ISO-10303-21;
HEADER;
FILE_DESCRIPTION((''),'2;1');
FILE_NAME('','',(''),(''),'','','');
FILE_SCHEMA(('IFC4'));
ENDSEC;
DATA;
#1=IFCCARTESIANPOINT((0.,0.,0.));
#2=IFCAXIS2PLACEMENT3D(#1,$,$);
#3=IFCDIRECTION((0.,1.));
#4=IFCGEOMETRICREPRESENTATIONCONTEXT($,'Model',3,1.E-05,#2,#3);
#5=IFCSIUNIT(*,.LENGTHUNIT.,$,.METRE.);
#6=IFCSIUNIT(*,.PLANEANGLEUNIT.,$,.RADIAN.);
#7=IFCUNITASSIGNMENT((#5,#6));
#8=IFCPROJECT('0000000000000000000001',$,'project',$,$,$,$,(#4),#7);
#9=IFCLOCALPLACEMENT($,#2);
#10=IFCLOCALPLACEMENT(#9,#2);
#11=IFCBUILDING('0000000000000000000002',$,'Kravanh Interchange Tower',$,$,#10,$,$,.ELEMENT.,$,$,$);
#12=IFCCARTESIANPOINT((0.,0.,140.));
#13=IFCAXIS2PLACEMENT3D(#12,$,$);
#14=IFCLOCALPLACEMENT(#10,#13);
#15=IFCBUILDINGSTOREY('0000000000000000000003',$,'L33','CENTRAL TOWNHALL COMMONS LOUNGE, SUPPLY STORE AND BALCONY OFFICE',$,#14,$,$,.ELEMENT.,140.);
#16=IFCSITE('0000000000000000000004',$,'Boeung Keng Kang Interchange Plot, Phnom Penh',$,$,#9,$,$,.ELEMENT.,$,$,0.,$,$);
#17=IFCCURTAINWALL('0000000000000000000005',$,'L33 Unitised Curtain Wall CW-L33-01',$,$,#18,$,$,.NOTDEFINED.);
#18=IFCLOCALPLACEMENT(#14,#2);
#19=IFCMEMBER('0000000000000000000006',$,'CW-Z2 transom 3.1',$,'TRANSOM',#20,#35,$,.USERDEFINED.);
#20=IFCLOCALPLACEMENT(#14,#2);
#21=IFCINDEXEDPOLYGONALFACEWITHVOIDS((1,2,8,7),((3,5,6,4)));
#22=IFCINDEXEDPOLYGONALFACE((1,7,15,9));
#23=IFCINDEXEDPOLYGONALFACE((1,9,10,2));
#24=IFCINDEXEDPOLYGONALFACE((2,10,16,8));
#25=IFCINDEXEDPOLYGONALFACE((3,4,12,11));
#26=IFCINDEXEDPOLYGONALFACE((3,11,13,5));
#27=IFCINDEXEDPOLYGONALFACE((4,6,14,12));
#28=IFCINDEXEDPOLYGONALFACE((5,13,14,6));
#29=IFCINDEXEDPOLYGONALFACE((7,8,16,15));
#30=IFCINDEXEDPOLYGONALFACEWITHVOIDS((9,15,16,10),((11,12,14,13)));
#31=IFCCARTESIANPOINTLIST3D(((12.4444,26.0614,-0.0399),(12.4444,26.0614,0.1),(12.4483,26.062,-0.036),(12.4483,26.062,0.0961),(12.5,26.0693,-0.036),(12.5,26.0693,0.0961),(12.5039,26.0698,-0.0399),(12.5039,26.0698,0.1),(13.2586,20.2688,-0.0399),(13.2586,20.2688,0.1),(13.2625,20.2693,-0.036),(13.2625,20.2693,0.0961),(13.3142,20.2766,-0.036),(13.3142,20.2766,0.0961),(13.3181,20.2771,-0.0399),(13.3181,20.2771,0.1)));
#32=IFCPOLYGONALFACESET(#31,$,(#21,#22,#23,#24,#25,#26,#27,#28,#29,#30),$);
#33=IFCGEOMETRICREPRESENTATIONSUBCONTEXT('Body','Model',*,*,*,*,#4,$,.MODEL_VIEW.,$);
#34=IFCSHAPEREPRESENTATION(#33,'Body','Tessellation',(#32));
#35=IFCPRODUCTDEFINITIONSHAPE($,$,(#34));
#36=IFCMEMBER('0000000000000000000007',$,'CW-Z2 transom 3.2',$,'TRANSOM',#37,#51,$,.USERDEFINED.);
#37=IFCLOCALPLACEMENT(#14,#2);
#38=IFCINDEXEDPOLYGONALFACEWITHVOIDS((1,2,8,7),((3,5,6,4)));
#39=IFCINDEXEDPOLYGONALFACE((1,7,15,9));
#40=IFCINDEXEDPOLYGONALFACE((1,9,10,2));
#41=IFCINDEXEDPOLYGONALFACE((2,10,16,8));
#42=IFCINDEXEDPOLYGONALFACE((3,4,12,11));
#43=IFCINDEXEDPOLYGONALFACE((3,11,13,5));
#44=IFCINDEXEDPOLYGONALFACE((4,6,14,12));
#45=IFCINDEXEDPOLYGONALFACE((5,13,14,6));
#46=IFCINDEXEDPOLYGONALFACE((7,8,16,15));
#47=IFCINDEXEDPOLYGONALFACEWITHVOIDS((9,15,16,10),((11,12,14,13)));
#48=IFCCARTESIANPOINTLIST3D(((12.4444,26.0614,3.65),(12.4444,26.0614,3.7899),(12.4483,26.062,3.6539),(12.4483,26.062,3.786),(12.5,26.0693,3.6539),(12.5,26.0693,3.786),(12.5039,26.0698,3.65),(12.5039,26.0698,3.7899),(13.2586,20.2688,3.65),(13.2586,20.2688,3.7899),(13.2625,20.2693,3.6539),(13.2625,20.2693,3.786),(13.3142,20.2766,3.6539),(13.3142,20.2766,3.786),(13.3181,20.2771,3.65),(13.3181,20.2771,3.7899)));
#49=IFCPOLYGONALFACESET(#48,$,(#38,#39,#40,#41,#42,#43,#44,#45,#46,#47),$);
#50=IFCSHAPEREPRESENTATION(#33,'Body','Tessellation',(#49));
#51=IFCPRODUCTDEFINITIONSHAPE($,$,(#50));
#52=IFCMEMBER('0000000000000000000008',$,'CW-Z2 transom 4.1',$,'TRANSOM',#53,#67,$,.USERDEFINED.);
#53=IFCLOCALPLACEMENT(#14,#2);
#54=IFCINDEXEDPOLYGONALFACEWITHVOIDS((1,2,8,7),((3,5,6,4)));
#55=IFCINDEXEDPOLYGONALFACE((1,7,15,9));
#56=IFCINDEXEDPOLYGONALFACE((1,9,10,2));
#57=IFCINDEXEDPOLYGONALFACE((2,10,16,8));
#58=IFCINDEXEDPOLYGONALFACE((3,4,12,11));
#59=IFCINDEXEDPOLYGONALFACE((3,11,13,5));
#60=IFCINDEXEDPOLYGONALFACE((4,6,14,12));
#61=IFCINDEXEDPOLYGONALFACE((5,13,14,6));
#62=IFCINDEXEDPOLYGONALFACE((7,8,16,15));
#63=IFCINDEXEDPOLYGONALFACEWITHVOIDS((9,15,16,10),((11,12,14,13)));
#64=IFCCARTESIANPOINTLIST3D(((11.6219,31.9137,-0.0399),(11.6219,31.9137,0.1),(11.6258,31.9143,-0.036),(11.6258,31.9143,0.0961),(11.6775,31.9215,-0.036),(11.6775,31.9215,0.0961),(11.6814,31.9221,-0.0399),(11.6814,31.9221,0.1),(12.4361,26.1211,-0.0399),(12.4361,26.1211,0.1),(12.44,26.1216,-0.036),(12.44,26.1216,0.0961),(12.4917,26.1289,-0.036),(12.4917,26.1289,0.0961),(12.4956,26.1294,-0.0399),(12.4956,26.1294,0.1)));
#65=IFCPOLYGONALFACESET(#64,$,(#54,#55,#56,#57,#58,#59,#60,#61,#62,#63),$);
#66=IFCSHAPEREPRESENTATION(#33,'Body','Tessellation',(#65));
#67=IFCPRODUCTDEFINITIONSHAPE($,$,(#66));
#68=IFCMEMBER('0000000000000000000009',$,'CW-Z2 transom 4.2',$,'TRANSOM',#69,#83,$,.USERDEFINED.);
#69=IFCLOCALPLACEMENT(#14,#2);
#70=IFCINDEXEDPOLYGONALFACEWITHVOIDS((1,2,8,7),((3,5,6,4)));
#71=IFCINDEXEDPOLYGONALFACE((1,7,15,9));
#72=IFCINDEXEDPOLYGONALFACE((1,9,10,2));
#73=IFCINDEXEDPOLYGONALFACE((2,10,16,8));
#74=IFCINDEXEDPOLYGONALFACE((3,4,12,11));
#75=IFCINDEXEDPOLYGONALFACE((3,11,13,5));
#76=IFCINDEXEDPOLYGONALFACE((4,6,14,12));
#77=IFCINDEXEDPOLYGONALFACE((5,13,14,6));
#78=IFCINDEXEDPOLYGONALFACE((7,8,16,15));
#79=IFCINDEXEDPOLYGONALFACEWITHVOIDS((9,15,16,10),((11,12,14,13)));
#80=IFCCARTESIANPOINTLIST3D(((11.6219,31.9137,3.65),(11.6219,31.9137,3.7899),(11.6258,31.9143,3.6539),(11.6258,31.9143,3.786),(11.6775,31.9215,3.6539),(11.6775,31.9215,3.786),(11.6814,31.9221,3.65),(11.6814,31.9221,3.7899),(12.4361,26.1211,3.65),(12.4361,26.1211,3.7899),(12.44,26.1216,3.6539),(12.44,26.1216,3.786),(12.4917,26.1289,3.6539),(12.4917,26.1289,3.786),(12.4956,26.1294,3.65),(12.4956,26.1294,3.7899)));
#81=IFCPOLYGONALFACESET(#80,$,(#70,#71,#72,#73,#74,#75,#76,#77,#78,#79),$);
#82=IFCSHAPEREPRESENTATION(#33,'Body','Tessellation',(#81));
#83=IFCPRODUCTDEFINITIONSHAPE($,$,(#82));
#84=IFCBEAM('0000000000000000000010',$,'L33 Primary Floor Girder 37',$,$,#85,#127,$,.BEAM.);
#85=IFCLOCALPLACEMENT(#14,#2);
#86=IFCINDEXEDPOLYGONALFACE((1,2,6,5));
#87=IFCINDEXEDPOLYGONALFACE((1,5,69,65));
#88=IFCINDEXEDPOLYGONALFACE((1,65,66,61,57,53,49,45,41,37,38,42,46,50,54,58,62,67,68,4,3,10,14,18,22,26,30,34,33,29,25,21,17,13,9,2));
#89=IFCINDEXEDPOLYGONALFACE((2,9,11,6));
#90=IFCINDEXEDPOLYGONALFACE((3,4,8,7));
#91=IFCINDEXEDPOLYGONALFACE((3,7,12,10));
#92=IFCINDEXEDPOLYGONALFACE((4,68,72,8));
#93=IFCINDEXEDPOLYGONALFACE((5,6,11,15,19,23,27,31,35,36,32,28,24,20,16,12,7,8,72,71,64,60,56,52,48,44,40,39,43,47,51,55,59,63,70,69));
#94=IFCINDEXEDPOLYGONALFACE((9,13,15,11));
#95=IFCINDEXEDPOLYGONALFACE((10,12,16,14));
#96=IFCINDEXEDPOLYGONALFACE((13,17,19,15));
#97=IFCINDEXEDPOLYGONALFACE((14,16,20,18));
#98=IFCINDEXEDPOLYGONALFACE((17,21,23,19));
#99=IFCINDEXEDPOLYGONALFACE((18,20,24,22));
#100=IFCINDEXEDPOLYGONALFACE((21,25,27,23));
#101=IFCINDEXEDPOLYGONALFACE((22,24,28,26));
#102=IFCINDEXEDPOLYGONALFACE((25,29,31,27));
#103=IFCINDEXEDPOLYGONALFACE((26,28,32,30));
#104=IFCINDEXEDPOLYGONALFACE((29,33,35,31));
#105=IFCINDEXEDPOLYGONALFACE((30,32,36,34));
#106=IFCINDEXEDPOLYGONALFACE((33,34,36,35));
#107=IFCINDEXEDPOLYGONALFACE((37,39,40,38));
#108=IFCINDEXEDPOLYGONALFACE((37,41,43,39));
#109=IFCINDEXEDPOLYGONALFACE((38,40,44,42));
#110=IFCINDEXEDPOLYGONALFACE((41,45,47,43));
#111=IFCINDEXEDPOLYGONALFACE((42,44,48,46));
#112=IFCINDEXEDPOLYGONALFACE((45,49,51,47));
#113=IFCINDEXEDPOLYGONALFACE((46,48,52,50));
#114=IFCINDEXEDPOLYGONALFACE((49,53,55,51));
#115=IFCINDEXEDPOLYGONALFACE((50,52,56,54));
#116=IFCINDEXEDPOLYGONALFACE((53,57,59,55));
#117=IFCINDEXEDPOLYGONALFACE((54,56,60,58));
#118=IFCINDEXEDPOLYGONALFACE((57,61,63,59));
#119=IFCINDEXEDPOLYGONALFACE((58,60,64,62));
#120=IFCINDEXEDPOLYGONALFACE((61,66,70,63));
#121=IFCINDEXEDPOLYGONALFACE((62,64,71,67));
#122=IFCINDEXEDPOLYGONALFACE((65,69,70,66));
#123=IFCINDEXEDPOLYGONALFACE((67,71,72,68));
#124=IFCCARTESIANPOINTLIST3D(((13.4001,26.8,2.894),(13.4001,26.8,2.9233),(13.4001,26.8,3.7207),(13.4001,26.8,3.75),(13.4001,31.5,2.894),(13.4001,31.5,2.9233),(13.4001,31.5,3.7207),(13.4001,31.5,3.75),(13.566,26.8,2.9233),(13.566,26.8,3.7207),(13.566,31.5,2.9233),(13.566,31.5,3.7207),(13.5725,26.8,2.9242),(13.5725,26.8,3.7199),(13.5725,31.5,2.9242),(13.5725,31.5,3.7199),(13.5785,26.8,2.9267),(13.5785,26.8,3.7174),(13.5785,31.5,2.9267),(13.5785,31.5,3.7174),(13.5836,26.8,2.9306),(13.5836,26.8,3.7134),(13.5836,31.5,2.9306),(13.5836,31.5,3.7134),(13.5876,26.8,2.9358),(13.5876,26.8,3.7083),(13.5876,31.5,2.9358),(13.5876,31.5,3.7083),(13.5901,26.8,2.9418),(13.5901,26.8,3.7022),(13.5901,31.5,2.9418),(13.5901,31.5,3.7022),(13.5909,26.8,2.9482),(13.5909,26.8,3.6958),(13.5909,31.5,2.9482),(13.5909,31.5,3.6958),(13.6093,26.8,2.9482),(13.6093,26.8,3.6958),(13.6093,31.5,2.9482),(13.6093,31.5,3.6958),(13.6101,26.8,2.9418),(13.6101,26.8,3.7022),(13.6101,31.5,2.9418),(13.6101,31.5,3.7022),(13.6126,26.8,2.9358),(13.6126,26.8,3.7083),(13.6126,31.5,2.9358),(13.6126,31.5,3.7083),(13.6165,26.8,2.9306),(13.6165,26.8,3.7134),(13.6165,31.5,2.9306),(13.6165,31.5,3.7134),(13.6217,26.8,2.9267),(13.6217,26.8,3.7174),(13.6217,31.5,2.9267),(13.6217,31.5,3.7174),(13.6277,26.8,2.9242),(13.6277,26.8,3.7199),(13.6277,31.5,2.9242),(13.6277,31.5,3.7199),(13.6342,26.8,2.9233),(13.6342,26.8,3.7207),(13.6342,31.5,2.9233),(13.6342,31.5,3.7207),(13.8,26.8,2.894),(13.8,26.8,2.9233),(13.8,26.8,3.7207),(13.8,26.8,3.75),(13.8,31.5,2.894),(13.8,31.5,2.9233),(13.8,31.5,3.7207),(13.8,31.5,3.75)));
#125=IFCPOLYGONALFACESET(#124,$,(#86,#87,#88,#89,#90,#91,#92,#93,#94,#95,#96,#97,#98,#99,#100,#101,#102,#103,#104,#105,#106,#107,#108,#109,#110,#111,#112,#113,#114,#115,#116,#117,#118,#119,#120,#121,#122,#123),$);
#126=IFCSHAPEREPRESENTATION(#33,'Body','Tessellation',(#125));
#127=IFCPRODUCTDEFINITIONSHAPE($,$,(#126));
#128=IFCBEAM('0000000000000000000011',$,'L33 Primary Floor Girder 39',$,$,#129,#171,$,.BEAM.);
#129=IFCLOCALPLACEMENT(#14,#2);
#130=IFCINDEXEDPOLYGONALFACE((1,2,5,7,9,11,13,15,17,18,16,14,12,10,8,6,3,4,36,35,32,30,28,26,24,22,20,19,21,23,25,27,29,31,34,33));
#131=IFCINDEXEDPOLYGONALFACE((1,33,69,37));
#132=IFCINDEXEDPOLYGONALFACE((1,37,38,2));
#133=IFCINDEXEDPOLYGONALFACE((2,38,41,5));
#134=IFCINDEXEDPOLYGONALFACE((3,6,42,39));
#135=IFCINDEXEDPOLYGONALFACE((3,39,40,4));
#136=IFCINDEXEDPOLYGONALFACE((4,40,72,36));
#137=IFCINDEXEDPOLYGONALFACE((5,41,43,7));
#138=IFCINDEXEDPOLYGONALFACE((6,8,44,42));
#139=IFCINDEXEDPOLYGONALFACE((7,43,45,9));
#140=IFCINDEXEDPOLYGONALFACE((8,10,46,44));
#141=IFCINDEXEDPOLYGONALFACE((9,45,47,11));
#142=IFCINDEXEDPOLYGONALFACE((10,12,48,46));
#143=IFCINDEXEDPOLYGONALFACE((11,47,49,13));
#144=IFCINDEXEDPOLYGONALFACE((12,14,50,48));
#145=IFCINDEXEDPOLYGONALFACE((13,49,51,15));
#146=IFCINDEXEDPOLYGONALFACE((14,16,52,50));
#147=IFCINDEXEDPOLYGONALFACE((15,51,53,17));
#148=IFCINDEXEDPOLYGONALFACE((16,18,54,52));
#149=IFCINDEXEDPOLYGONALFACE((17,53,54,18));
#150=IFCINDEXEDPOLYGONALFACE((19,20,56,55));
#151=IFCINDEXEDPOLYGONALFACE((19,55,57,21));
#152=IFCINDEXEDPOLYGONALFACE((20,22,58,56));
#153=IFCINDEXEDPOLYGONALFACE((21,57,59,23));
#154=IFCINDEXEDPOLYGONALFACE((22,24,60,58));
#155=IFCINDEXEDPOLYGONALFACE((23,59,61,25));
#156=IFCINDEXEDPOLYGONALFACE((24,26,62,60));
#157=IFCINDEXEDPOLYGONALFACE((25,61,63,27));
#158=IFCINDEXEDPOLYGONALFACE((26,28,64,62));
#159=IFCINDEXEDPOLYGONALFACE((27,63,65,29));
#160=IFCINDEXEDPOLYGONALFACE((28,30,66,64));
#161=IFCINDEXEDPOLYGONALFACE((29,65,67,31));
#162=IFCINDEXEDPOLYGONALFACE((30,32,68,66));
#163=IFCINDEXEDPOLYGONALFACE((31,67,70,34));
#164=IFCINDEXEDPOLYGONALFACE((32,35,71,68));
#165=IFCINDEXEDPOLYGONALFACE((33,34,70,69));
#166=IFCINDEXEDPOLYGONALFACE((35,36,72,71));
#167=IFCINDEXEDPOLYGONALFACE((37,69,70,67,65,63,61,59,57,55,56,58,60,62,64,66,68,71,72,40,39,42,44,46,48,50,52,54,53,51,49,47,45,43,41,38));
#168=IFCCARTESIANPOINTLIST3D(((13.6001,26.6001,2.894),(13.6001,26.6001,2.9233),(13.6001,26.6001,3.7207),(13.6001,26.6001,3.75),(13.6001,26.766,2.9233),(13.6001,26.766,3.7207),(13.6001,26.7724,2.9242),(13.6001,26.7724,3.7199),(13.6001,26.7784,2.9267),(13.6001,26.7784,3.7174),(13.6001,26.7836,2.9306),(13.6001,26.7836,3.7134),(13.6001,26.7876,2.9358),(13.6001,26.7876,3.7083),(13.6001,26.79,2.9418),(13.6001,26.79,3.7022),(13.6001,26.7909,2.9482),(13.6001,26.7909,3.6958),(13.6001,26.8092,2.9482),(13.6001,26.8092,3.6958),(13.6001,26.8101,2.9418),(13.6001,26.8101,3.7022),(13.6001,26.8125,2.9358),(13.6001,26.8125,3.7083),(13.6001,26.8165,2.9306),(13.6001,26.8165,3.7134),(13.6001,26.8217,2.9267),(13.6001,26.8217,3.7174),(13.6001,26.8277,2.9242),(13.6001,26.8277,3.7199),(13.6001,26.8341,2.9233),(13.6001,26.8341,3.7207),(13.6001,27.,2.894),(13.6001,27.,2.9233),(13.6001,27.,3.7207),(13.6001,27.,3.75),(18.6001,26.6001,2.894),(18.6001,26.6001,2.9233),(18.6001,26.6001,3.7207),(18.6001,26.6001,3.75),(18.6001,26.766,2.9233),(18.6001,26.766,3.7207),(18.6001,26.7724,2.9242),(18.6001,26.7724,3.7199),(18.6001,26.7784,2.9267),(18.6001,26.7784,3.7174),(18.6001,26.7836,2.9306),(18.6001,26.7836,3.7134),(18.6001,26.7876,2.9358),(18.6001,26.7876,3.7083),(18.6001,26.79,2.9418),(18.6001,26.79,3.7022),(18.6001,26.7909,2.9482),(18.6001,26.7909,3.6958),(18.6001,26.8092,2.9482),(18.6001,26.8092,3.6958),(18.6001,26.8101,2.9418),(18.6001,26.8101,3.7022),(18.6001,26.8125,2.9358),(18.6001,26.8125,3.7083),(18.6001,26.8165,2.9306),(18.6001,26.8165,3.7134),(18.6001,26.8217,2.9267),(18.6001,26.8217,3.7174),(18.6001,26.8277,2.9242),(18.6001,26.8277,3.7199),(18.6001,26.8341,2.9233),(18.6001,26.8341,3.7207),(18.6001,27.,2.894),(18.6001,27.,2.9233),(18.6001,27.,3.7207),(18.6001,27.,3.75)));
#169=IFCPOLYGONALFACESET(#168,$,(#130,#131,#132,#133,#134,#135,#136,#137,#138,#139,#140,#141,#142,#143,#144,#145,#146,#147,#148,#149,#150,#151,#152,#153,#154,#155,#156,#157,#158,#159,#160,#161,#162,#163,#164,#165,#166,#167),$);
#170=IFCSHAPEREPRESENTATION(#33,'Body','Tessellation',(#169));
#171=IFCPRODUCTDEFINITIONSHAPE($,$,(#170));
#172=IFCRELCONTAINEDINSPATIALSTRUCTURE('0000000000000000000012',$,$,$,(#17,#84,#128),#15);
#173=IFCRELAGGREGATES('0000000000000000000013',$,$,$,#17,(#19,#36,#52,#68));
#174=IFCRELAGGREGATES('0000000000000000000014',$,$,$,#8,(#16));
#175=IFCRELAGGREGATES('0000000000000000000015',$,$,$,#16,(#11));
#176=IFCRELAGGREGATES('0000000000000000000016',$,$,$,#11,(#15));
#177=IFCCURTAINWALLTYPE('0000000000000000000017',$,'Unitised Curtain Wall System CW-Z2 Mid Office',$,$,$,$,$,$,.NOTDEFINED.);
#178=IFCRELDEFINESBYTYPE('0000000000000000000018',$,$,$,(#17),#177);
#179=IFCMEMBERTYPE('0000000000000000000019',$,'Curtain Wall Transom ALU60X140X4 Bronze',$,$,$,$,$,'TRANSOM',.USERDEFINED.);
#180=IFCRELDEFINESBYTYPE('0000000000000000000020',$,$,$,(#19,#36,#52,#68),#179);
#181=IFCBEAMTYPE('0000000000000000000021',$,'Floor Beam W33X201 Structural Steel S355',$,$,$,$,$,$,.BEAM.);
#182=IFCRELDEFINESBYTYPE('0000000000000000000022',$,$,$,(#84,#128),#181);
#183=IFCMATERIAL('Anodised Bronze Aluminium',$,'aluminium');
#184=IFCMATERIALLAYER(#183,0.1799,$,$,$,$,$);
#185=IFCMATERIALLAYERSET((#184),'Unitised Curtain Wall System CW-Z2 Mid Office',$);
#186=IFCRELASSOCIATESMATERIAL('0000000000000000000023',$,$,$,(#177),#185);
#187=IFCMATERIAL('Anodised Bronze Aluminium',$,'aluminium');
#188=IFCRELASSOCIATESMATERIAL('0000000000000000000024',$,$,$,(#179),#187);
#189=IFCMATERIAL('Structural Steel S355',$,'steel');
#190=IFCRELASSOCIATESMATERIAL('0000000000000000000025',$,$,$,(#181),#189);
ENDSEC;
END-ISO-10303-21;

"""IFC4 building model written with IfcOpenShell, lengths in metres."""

from ifc_helpers import new_model, si_unit, direction, frame, origin, origin_2d, place, context, subcontext, project, spatial, hollow_rectangle, i_section, extrude, material, layer, layer_set, material_profile, profile_set, type_object, element, aggregate, save


model = new_model("IFC4")

# Units and contexts
model_context = context("Model", 3, precision=1e-05, world=origin(), true_north=direction((0.0, 1.0)))
body_context = subcontext(model_context, "Body", "Model", "MODEL_VIEW")
ifc_project = project(units=[si_unit("LENGTHUNIT", "METRE"), si_unit("PLANEANGLEUNIT", "RADIAN")], contexts=[model_context])

# Site, building, storey
site_placement = place(None, origin())
site = spatial("IfcSite", under=ifc_project, at=site_placement, Name="Boeung Keng Kang Interchange Plot, Phnom Penh", CompositionType="ELEMENT", RefElevation=0.0)
building_placement = place(site_placement, origin())
building = spatial("IfcBuilding", under=site, at=building_placement, Name="Kravanh Interchange Tower", CompositionType="ELEMENT")
storey_placement = place(building_placement, frame((0.0, 0.0, 140.0)))
storey = spatial("IfcBuildingStorey", under=building, at=storey_placement, Name="L33", Description="CENTRAL TOWNHALL COMMONS LOUNGE, SUPPLY STORE AND BALCONY OFFICE", CompositionType="ELEMENT", Elevation=140.0)

# Curtain wall, members
ifc_material_1 = material(Name="Anodised Bronze Aluminium", Category="aluminium")
ifc_layer_1 = layer(ifc_material_1, 0.1799)
ifc_layer_set_1 = layer_set([ifc_layer_1], Name="Unitised Curtain Wall System CW-Z2 Mid Office")
curtain_wall_type = type_object("IfcCurtainWallType", Name="Unitised Curtain Wall System CW-Z2 Mid Office", PredefinedType="NOTDEFINED", material=ifc_layer_set_1)
curtain_wall_placement = place(storey_placement, origin())
curtain_wall = element("IfcCurtainWall", 1, at=curtain_wall_placement, inside=storey, type_object=curtain_wall_type, Name="L33 Unitised Curtain Wall CW-L33-01", PredefinedType="NOTDEFINED")
ifc_material_2 = material(Name="Anodised Bronze Aluminium", Category="aluminium")
ifc_material_profile_1 = material_profile(ifc_material_2, hollow_rectangle(XDim=0.0601, YDim=0.1399, WallThickness=0.0039, at=origin_2d()), Name="ALU60X140X4")
ifc_profile_set_1 = profile_set([ifc_material_profile_1], Name="Anodised Bronze Aluminium")
member_type_1 = type_object("IfcMemberType", Name="Curtain Wall Transom ALU60X140X4 Bronze", ElementType="TRANSOM", PredefinedType="USERDEFINED", material=ifc_profile_set_1)
member_1_placement = place(storey_placement, frame((13.2883, 20.2729, 0.03), z_axis=(-0.139189, 0.990266, 0.0), x_axis=(-0.990266, -0.139189, 0.0)))
member_1 = element("IfcMember", 2, at=member_1_placement, type_object=member_type_1, Name="CW-Z2 transom 3.1", ObjectType="TRANSOM", PredefinedType="USERDEFINED", context=body_context, shape_type="SweptSolid", body=[
    extrude(hollow_rectangle(XDim=0.0601, YDim=0.1399, WallThickness=0.0039, at=origin_2d()), origin(), (0.0, 0.0, 1.0), 5.8496),
])
member_2_placement = place(storey_placement, frame((13.2883, 20.2729, 3.72), z_axis=(-0.139189, 0.990266, 0.0), x_axis=(-0.990266, -0.139189, 0.0)))
member_2 = element("IfcMember", 3, at=member_2_placement, type_object=member_type_1, Name="CW-Z2 transom 3.2", ObjectType="TRANSOM", PredefinedType="USERDEFINED", context=body_context, shape_type="SweptSolid", body=[
    extrude(hollow_rectangle(XDim=0.0601, YDim=0.1399, WallThickness=0.0039, at=origin_2d()), origin(), (0.0, 0.0, 1.0), 5.8496),
])
member_3_placement = place(storey_placement, frame((12.4658, 26.1252, 0.03), z_axis=(-0.139189, 0.990266, 0.0), x_axis=(-0.990266, -0.139189, 0.0)))
member_3 = element("IfcMember", 4, at=member_3_placement, type_object=member_type_1, Name="CW-Z2 transom 4.1", ObjectType="TRANSOM", PredefinedType="USERDEFINED", context=body_context, shape_type="SweptSolid", body=[
    extrude(hollow_rectangle(XDim=0.0601, YDim=0.1399, WallThickness=0.0039, at=origin_2d()), origin(), (0.0, 0.0, 1.0), 5.8496),
])
member_4_placement = place(storey_placement, frame((12.4658, 26.1252, 3.72), z_axis=(-0.139189, 0.990266, 0.0), x_axis=(-0.990266, -0.139189, 0.0)))
member_4 = element("IfcMember", 5, at=member_4_placement, type_object=member_type_1, Name="CW-Z2 transom 4.2", ObjectType="TRANSOM", PredefinedType="USERDEFINED", context=body_context, shape_type="SweptSolid", body=[
    extrude(hollow_rectangle(XDim=0.0601, YDim=0.1399, WallThickness=0.0039, at=origin_2d()), origin(), (0.0, 0.0, 1.0), 5.8496),
])

# Beams
ifc_material_3 = material(Name="Structural Steel S355", Category="steel")
ifc_material_profile_2 = material_profile(ifc_material_3, i_section(OverallWidth=0.3999, OverallDepth=0.856, WebThickness=0.0183, FlangeThickness=0.0293, FilletRadius=0.0249, at=origin_2d()), Name="W33X201")
ifc_profile_set_2 = profile_set([ifc_material_profile_2], Name="Structural Steel S355")
beam_type_1 = type_object("IfcBeamType", Name="Floor Beam W33X201 Structural Steel S355", PredefinedType="BEAM", material=ifc_profile_set_2)
beam_1_placement = place(storey_placement, frame((13.6001, 26.8, 3.322), z_axis=(0.0, 1.0, 0.0), x_axis=(-1.0, 0.0, 0.0)))
element("IfcBeam", 6, at=beam_1_placement, inside=storey, type_object=beam_type_1, Name="L33 Primary Floor Girder 37", PredefinedType="BEAM", context=body_context, shape_type="SweptSolid", body=[
    extrude(i_section(OverallWidth=0.3999, OverallDepth=0.856, WebThickness=0.0183, FlangeThickness=0.0293, FilletRadius=0.0249, at=origin_2d()), origin(), (0.0, 0.0, 1.0), 4.7),
])
beam_2_placement = place(storey_placement, frame((13.6001, 26.8, 3.322), z_axis=(1.0, 0.0, 0.0), x_axis=(0.0, 1.0, 0.0)))
element("IfcBeam", 7, at=beam_2_placement, inside=storey, type_object=beam_type_1, Name="L33 Primary Floor Girder 39", PredefinedType="BEAM", context=body_context, shape_type="SweptSolid", body=[
    extrude(i_section(OverallWidth=0.3999, OverallDepth=0.856, WebThickness=0.0183, FlangeThickness=0.0293, FilletRadius=0.0249, at=origin_2d()), origin(), (0.0, 0.0, 1.0), 5.0),
])

aggregate(curtain_wall, [member_1, member_2, member_3, member_4])

save(model, "model.ifc")
